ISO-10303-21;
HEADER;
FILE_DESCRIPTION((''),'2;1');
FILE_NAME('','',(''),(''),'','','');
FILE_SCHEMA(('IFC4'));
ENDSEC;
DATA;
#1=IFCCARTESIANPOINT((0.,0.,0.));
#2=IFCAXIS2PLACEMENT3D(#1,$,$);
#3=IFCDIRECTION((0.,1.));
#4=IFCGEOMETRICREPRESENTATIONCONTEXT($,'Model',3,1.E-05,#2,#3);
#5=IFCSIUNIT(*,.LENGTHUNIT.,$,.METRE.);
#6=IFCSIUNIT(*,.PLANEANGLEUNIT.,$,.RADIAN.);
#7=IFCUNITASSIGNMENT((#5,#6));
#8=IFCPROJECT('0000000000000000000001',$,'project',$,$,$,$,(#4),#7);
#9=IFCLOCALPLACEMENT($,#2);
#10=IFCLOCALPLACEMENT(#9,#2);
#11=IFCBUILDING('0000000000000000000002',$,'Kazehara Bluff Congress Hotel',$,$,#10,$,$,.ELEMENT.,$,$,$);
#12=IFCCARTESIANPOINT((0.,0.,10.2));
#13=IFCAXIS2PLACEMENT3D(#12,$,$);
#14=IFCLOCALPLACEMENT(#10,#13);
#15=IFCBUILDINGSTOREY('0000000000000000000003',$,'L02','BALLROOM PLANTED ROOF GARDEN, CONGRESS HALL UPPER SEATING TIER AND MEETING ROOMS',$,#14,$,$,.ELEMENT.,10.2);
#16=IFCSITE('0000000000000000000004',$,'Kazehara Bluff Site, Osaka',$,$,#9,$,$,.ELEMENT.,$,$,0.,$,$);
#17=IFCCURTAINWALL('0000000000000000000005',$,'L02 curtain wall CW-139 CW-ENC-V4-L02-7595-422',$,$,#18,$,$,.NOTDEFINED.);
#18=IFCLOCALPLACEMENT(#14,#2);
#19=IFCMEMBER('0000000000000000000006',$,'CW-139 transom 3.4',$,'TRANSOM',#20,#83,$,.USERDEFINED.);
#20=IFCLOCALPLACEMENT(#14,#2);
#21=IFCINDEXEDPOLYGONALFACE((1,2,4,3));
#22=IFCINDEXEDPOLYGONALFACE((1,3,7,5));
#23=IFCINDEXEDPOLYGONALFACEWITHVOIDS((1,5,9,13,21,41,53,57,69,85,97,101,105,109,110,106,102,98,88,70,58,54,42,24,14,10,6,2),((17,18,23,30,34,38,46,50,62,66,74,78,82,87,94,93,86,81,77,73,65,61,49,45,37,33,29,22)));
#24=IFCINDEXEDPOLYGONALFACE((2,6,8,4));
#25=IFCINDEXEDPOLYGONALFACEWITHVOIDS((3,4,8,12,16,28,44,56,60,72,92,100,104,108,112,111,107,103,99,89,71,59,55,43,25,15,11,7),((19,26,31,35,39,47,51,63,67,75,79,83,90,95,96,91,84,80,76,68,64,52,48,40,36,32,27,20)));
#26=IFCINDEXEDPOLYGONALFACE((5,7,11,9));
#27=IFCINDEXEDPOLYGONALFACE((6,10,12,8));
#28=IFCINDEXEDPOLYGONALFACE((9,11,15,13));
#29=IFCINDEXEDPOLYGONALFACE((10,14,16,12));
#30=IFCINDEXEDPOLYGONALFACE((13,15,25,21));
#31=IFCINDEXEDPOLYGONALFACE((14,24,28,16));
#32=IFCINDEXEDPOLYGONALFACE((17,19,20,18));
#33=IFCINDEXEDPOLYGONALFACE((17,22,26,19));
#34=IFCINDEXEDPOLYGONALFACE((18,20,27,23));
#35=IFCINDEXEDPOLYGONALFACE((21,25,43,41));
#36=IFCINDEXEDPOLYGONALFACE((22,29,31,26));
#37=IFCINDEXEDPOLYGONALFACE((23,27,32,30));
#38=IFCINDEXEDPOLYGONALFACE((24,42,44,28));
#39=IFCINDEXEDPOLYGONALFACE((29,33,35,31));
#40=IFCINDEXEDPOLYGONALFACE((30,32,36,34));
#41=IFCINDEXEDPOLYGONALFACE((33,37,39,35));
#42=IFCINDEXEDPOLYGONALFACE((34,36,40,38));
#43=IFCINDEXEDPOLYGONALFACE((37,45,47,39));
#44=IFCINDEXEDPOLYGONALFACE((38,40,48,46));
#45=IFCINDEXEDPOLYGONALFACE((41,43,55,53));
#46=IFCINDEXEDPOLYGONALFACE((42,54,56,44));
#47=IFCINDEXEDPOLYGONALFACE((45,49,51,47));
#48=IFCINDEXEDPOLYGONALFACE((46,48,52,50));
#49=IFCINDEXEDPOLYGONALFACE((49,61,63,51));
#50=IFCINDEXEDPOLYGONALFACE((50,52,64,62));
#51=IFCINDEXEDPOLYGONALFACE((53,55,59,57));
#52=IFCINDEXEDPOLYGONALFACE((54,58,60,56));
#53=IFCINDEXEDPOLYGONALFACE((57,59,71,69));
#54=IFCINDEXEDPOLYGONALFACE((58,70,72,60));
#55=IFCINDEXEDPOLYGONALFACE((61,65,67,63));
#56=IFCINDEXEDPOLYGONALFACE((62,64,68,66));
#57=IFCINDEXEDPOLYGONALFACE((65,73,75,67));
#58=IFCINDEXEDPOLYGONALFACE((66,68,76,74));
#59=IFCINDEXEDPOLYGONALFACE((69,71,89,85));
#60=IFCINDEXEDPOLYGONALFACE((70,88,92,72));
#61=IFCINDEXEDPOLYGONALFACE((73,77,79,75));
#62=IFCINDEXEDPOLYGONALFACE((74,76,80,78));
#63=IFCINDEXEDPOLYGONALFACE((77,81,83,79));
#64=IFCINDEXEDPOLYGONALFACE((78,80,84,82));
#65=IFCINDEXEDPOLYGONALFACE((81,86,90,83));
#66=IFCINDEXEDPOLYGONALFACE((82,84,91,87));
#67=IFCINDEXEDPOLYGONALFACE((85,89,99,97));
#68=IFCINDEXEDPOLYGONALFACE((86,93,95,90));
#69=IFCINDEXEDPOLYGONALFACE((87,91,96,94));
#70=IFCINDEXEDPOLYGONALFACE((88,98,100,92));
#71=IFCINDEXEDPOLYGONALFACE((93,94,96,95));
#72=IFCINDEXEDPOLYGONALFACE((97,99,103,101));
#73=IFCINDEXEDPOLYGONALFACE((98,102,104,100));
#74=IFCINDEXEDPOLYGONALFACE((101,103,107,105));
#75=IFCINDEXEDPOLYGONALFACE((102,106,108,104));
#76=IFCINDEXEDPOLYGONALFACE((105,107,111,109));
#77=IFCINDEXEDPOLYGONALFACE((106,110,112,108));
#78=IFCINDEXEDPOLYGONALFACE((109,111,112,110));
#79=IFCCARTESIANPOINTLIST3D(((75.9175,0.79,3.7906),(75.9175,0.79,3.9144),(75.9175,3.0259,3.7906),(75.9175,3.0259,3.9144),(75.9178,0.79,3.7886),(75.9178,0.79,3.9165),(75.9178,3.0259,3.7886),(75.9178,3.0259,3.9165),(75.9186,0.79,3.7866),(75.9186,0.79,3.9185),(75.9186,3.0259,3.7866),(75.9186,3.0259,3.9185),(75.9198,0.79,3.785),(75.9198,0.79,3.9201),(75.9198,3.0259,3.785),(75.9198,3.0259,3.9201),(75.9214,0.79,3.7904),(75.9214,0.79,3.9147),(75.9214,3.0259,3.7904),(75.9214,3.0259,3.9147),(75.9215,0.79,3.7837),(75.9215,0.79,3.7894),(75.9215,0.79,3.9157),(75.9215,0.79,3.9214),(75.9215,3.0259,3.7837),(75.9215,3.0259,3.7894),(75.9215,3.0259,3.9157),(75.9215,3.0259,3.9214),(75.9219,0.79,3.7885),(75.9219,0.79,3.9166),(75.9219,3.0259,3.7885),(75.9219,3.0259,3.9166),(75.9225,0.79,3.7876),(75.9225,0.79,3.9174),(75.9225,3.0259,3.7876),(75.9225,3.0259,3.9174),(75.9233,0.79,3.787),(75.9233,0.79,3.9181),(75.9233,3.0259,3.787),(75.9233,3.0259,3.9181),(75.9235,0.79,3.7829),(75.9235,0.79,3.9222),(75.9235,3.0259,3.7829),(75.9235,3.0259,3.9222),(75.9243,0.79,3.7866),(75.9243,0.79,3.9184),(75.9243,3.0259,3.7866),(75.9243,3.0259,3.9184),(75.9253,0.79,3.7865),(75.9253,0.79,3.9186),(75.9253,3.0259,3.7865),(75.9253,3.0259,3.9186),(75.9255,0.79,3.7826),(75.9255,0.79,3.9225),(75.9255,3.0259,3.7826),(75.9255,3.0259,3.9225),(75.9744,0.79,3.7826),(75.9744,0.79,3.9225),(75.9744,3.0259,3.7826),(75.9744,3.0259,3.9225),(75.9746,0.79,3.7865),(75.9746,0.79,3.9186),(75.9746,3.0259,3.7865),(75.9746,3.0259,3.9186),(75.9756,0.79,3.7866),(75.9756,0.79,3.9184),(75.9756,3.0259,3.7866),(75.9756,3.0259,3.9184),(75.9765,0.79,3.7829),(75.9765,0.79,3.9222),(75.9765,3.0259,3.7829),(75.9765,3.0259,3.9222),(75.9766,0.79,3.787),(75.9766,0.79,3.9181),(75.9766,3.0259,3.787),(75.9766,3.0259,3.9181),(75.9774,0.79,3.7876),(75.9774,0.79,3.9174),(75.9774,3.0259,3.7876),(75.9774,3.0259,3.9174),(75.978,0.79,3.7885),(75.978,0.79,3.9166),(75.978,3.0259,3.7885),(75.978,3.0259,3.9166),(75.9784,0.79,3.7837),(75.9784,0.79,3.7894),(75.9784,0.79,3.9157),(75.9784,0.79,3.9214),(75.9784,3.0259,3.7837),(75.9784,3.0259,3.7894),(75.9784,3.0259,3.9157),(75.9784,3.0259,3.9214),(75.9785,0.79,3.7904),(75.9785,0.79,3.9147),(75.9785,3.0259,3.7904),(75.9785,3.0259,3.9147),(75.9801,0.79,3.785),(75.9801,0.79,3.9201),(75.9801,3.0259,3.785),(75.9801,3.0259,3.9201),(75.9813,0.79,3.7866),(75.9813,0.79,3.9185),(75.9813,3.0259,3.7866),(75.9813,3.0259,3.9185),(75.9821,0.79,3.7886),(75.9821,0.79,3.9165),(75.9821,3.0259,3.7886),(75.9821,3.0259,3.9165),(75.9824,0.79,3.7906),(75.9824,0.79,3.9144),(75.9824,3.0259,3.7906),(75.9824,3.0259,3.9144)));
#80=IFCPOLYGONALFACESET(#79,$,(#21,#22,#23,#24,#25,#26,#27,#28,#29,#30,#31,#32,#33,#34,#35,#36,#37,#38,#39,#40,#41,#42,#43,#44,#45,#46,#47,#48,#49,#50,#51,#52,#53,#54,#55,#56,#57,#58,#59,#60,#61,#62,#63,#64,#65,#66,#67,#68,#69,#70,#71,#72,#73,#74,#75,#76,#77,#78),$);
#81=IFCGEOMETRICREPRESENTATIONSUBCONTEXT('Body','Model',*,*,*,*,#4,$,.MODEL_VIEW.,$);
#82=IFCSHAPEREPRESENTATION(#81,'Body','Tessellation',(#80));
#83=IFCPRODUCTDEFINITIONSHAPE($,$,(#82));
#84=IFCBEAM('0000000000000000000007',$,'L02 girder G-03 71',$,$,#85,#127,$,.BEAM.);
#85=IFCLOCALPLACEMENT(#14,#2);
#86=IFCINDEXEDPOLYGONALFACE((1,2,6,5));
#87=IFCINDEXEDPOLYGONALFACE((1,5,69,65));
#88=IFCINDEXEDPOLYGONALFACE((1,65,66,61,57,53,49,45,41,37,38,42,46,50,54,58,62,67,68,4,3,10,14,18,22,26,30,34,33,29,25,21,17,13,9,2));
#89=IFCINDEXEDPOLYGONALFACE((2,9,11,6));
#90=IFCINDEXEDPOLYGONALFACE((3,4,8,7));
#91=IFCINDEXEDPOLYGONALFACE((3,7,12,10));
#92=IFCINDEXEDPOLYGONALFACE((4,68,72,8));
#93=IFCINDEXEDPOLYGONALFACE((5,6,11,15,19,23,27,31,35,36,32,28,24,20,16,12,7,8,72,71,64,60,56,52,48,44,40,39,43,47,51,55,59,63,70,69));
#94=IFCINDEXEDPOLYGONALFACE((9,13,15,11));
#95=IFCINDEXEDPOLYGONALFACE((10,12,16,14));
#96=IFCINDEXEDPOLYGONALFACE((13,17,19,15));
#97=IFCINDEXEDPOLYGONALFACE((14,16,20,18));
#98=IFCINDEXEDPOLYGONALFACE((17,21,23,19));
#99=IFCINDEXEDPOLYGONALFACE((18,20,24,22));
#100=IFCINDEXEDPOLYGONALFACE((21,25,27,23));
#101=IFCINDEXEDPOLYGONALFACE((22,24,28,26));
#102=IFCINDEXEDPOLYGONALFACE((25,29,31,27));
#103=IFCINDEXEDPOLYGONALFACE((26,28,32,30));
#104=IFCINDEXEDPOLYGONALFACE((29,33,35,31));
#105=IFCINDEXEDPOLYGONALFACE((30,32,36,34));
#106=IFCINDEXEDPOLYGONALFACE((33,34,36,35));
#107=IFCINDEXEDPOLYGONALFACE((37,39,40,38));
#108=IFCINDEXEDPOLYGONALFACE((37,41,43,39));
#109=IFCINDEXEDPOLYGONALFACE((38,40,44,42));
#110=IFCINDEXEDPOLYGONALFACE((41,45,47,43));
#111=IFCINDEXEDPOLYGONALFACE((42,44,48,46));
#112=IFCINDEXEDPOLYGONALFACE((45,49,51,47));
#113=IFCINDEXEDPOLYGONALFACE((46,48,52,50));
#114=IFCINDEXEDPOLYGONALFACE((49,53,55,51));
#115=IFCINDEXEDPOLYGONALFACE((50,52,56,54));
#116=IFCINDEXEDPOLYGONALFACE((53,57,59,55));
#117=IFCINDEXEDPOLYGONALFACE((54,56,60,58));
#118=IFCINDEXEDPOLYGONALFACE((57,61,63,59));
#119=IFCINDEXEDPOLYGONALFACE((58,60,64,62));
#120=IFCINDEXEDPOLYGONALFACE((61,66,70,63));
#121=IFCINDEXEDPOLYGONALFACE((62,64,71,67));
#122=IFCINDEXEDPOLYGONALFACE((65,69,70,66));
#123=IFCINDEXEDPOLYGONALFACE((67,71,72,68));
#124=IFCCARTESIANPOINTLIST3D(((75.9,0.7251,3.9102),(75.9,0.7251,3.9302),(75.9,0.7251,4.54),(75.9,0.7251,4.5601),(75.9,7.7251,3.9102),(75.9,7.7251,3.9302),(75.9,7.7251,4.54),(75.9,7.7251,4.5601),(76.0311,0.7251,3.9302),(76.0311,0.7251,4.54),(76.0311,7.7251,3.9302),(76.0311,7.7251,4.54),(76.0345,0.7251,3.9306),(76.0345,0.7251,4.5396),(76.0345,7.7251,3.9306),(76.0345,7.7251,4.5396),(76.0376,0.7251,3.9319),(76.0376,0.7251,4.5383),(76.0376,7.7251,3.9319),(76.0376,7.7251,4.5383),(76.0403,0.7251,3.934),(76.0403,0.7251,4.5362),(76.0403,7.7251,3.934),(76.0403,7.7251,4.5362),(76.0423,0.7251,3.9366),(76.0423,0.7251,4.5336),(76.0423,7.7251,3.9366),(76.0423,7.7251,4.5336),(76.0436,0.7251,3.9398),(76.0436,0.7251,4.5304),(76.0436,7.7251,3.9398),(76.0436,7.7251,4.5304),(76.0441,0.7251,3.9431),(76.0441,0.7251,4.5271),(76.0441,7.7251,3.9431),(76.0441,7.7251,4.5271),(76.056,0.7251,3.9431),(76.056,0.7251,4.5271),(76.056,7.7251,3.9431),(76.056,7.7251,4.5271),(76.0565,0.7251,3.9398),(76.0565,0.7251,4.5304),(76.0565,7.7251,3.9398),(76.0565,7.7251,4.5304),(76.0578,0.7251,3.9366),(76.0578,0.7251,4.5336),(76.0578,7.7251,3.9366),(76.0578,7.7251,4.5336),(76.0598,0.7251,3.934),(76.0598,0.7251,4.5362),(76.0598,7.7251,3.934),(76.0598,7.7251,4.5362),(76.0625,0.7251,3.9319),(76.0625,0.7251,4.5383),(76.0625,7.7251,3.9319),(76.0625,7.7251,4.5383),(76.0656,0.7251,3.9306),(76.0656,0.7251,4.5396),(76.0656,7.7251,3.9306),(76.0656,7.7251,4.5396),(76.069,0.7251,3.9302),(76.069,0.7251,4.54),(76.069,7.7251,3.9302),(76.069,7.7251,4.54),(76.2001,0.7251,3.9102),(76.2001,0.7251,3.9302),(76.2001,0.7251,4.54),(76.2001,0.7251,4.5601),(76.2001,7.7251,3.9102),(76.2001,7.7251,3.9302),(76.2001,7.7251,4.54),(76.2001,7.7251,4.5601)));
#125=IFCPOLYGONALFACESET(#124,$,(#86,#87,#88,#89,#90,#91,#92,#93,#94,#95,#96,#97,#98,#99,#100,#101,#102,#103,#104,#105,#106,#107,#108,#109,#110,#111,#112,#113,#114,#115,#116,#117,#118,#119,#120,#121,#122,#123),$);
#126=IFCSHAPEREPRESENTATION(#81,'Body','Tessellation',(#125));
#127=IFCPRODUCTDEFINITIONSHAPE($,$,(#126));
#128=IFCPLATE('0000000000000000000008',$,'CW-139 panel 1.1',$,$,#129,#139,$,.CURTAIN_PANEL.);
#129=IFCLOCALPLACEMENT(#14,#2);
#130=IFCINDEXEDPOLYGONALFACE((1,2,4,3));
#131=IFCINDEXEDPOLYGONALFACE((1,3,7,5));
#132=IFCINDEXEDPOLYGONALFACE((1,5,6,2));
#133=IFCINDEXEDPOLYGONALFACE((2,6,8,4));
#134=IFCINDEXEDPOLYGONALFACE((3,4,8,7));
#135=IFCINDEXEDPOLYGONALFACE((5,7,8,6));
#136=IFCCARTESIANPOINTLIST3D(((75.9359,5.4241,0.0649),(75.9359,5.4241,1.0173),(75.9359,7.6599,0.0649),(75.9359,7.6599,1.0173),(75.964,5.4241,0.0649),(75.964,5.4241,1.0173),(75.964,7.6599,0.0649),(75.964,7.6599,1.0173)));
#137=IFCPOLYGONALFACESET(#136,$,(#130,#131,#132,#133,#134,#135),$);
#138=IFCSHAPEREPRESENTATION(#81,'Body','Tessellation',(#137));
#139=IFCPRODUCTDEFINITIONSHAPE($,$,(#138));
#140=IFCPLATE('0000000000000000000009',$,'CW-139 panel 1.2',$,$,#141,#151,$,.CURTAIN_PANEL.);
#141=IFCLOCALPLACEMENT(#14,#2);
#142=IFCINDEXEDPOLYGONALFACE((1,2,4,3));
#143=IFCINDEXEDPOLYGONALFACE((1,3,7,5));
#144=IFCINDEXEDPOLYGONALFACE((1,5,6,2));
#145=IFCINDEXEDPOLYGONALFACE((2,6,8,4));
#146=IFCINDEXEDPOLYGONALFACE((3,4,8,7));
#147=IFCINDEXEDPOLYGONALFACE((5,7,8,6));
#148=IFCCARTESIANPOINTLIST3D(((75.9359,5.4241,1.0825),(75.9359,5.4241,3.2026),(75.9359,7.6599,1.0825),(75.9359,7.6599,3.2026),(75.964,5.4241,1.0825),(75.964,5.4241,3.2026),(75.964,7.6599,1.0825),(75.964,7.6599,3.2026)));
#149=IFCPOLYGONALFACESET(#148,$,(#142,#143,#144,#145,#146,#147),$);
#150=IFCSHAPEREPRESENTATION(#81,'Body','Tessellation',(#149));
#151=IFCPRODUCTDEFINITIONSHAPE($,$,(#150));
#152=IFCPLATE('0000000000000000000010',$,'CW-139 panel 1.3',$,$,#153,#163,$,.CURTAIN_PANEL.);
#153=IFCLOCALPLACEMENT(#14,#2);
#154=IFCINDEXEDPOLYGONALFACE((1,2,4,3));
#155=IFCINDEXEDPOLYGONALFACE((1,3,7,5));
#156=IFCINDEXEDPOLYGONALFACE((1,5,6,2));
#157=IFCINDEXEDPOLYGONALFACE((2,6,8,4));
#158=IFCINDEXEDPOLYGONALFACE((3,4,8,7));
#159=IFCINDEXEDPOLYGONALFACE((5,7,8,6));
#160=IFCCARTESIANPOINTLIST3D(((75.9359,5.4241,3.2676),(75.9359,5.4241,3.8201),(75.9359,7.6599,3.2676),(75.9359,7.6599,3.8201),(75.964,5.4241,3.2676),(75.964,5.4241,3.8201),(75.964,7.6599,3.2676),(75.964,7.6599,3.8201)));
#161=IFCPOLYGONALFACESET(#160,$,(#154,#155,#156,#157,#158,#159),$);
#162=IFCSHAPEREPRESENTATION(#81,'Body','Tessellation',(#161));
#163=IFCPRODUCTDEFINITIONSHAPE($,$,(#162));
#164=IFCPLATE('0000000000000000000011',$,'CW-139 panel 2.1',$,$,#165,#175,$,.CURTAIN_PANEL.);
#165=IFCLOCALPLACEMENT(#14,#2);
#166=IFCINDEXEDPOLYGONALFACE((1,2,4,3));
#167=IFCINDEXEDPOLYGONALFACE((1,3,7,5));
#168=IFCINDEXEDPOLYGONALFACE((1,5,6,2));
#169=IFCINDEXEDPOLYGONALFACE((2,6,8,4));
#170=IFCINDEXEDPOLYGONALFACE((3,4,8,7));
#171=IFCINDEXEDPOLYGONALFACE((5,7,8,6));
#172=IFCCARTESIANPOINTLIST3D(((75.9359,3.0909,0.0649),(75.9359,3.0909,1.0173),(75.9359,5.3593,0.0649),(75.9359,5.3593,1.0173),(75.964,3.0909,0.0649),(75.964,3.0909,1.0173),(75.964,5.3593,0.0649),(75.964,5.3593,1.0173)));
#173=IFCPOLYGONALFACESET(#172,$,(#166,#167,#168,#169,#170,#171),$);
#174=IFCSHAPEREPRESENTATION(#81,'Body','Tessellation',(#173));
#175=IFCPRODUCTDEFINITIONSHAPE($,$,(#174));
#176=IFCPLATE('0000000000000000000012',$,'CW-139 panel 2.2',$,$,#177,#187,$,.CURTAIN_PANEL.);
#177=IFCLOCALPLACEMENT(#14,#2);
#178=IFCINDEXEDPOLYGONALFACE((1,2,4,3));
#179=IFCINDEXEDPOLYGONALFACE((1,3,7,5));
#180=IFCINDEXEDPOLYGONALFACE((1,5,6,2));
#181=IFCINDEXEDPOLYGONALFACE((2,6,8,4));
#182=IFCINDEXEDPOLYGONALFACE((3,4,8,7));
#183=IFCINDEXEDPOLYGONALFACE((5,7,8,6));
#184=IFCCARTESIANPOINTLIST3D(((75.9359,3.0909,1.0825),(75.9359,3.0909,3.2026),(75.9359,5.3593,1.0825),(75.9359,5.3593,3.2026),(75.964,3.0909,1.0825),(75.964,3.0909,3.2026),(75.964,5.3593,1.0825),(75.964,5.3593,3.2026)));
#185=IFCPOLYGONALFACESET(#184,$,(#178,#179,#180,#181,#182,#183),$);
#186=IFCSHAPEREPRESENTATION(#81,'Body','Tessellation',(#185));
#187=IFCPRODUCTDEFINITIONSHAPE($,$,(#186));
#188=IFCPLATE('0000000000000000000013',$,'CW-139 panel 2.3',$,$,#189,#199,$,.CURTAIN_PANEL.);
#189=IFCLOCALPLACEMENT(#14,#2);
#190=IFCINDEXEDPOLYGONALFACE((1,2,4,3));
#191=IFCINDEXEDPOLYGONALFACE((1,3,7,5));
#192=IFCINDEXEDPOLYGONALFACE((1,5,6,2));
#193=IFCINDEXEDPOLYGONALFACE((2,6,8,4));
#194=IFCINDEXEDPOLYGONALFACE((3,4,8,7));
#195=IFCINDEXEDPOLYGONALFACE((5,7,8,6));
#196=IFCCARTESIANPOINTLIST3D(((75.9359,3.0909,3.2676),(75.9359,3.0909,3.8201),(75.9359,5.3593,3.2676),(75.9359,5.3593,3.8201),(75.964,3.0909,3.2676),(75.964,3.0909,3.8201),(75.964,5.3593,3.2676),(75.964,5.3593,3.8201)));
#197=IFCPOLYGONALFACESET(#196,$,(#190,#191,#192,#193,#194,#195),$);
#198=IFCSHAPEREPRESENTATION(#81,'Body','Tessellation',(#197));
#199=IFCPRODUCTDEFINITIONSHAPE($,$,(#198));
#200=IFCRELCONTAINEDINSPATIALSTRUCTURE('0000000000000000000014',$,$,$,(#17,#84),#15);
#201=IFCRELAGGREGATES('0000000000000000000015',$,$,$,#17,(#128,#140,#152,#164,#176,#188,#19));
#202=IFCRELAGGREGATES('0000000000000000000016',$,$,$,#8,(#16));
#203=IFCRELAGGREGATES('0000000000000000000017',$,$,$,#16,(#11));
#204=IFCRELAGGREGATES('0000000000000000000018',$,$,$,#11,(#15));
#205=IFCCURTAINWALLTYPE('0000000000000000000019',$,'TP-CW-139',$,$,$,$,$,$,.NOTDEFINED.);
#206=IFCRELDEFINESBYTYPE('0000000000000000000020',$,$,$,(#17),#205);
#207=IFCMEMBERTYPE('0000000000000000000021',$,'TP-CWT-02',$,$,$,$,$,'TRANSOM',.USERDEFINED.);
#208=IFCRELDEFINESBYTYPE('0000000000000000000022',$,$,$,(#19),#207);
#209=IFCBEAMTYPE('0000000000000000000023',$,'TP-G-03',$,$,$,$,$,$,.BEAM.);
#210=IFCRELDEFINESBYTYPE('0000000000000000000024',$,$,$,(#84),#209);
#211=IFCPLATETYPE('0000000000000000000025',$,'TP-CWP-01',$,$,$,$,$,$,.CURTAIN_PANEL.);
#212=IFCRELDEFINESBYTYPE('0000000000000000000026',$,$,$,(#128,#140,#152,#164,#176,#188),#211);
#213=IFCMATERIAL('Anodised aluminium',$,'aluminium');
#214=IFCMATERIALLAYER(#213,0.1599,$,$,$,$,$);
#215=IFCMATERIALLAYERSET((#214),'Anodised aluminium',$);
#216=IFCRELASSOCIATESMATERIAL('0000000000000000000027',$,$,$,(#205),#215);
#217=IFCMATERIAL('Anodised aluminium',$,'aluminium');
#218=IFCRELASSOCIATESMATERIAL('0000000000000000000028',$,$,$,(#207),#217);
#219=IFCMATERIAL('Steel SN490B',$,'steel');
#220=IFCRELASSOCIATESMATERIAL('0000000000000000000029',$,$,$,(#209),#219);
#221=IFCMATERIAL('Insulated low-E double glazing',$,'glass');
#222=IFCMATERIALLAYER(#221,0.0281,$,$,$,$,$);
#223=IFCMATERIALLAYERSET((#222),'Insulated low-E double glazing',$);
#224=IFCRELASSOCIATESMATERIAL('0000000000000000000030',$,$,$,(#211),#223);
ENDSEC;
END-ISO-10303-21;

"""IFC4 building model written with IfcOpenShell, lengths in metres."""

from ifc_helpers import new_model, si_unit, direction, frame, origin, origin_2d, place, context, subcontext, project, spatial, rectangle, hollow_rectangle, i_section, extrude, material, layer, layer_set, material_profile, profile_set, type_object, element, aggregate, save


model = new_model("IFC4")

# Units and contexts
model_context = context("Model", 3, precision=1e-05, world=origin(), true_north=direction((0.0, 1.0)))
body_context = subcontext(model_context, "Body", "Model", "MODEL_VIEW")
ifc_project = project(units=[si_unit("LENGTHUNIT", "METRE"), si_unit("PLANEANGLEUNIT", "RADIAN")], contexts=[model_context])

# Site, building, storey
site_placement = place(None, origin())
site = spatial("IfcSite", under=ifc_project, at=site_placement, Name="Kazehara Bluff Site, Osaka", CompositionType="ELEMENT", RefElevation=0.0)
building_placement = place(site_placement, origin())
building = spatial("IfcBuilding", under=site, at=building_placement, Name="Kazehara Bluff Congress Hotel", CompositionType="ELEMENT")
storey_placement = place(building_placement, frame((0.0, 0.0, 10.2)))
storey = spatial("IfcBuildingStorey", under=building, at=storey_placement, Name="L02", Description="BALLROOM PLANTED ROOF GARDEN, CONGRESS HALL UPPER SEATING TIER AND MEETING ROOMS", CompositionType="ELEMENT", Elevation=10.2)

# Curtain wall, member
ifc_material_1 = material(Name="Anodised aluminium", Category="aluminium")
ifc_layer_1 = layer(ifc_material_1, 0.1599)
ifc_layer_set_1 = layer_set([ifc_layer_1], Name="Anodised aluminium")
curtain_wall_type = type_object("IfcCurtainWallType", Name="TP-CW-139", PredefinedType="NOTDEFINED", material=ifc_layer_set_1)
curtain_wall_placement = place(storey_placement, origin())
curtain_wall = element("IfcCurtainWall", 1, at=curtain_wall_placement, inside=storey, type_object=curtain_wall_type, Name="L02 curtain wall CW-139 CW-ENC-V4-L02-7595-422", PredefinedType="NOTDEFINED")
ifc_material_2 = material(Name="Anodised aluminium", Category="aluminium")
ifc_material_profile_1 = material_profile(ifc_material_2, hollow_rectangle(XDim=0.0649, YDim=0.1399, WallThickness=0.0039, InnerFilletRadius=0.0039, OuterFilletRadius=0.0081, at=origin_2d()))
ifc_profile_set_1 = profile_set([ifc_material_profile_1], Name="Anodised aluminium")
member_type_1 = type_object("IfcMemberType", Name="TP-CWT-02", ElementType="TRANSOM", PredefinedType="USERDEFINED", material=ifc_profile_set_1)
member_1_placement = place(storey_placement, frame((75.95, 3.0259, 3.8525), z_axis=(0.0, -1.0, 0.0), x_axis=(1.0, 0.0, 0.0)))
member_1 = element("IfcMember", 2, at=member_1_placement, type_object=member_type_1, Name="CW-139 transom 3.4", ObjectType="TRANSOM", PredefinedType="USERDEFINED", context=body_context, shape_type="SweptSolid", body=[
    extrude(hollow_rectangle(XDim=0.0649, YDim=0.1399, WallThickness=0.0039, InnerFilletRadius=0.0039, OuterFilletRadius=0.0081, at=origin_2d()), origin(), (0.0, 0.0, 1.0), 2.2358),
])

# Beam
ifc_material_3 = material(Name="Steel SN490B", Category="steel")
ifc_material_profile_2 = material_profile(ifc_material_3, i_section(OverallWidth=0.3, OverallDepth=0.6499, WebThickness=0.012, FlangeThickness=0.02, FilletRadius=0.0129, at=origin_2d()))
ifc_profile_set_2 = profile_set([ifc_material_profile_2], Name="Steel SN490B")
beam_type = type_object("IfcBeamType", Name="TP-G-03", PredefinedType="BEAM", material=ifc_profile_set_2)
beam_placement = place(storey_placement, frame((76.05, 0.7251, 4.2351), z_axis=(0.0, 1.0, 0.0), x_axis=(-1.0, 0.0, 0.0)))
element("IfcBeam", 3, at=beam_placement, inside=storey, type_object=beam_type, Name="L02 girder G-03 71", PredefinedType="BEAM", context=body_context, shape_type="SweptSolid", body=[
    extrude(i_section(OverallWidth=0.3, OverallDepth=0.6499, WebThickness=0.012, FlangeThickness=0.02, FilletRadius=0.0129, at=origin_2d()), origin(), (0.0, 0.0, 1.0), 7.0),
])

# Plates
ifc_material_4 = material(Name="Insulated low-E double glazing", Category="glass")
ifc_layer_2 = layer(ifc_material_4, 0.0281)
ifc_layer_set_2 = layer_set([ifc_layer_2], Name="Insulated low-E double glazing")
plate_type = type_object("IfcPlateType", Name="TP-CWP-01", PredefinedType="CURTAIN_PANEL", material=ifc_layer_set_2)
plate_1_placement = place(storey_placement, frame((75.95, 6.542, 0.0649), z_axis=(0.0, 0.0, 1.0), x_axis=(0.0, -1.0, 0.0)))
plate_1 = element("IfcPlate", 4, at=plate_1_placement, type_object=plate_type, Name="CW-139 panel 1.1", PredefinedType="CURTAIN_PANEL", context=body_context, shape_type="SweptSolid", body=[
    extrude(rectangle(XDim=2.2358, YDim=0.0281, at=origin_2d()), origin(), (0.0, 0.0, 1.0), 0.9524),
])
plate_2_placement = place(storey_placement, frame((75.95, 6.542, 1.0825), z_axis=(0.0, 0.0, 1.0), x_axis=(0.0, -1.0, 0.0)))
plate_2 = element("IfcPlate", 5, at=plate_2_placement, type_object=plate_type, Name="CW-139 panel 1.2", PredefinedType="CURTAIN_PANEL", context=body_context, shape_type="SweptSolid", body=[
    extrude(rectangle(XDim=2.2358, YDim=0.0281, at=origin_2d()), origin(), (0.0, 0.0, 1.0), 2.1201),
])
plate_3_placement = place(storey_placement, frame((75.95, 6.542, 3.2676), z_axis=(0.0, 0.0, 1.0), x_axis=(0.0, -1.0, 0.0)))
plate_3 = element("IfcPlate", 6, at=plate_3_placement, type_object=plate_type, Name="CW-139 panel 1.3", PredefinedType="CURTAIN_PANEL", context=body_context, shape_type="SweptSolid", body=[
    extrude(rectangle(XDim=2.2358, YDim=0.0281, at=origin_2d()), origin(), (0.0, 0.0, 1.0), 0.5525),
])
plate_4_placement = place(storey_placement, frame((75.95, 4.2251, 0.0649), z_axis=(0.0, 0.0, 1.0), x_axis=(0.0, -1.0, 0.0)))
plate_4 = element("IfcPlate", 7, at=plate_4_placement, type_object=plate_type, Name="CW-139 panel 2.1", PredefinedType="CURTAIN_PANEL", context=body_context, shape_type="SweptSolid", body=[
    extrude(rectangle(XDim=2.2683, YDim=0.0281, at=origin_2d()), origin(), (0.0, 0.0, 1.0), 0.9524),
])
plate_5_placement = place(storey_placement, frame((75.95, 4.2251, 1.0825), z_axis=(0.0, 0.0, 1.0), x_axis=(0.0, -1.0, 0.0)))
plate_5 = element("IfcPlate", 8, at=plate_5_placement, type_object=plate_type, Name="CW-139 panel 2.2", PredefinedType="CURTAIN_PANEL", context=body_context, shape_type="SweptSolid", body=[
    extrude(rectangle(XDim=2.2683, YDim=0.0281, at=origin_2d()), origin(), (0.0, 0.0, 1.0), 2.1201),
])
plate_6_placement = place(storey_placement, frame((75.95, 4.2251, 3.2676), z_axis=(0.0, 0.0, 1.0), x_axis=(0.0, -1.0, 0.0)))
plate_6 = element("IfcPlate", 9, at=plate_6_placement, type_object=plate_type, Name="CW-139 panel 2.3", PredefinedType="CURTAIN_PANEL", context=body_context, shape_type="SweptSolid", body=[
    extrude(rectangle(XDim=2.2683, YDim=0.0281, at=origin_2d()), origin(), (0.0, 0.0, 1.0), 0.5525),
])
aggregate(curtain_wall, [plate_1, plate_2, plate_3, plate_4, plate_5, plate_6, member_1])

save(model, "model.ifc")
